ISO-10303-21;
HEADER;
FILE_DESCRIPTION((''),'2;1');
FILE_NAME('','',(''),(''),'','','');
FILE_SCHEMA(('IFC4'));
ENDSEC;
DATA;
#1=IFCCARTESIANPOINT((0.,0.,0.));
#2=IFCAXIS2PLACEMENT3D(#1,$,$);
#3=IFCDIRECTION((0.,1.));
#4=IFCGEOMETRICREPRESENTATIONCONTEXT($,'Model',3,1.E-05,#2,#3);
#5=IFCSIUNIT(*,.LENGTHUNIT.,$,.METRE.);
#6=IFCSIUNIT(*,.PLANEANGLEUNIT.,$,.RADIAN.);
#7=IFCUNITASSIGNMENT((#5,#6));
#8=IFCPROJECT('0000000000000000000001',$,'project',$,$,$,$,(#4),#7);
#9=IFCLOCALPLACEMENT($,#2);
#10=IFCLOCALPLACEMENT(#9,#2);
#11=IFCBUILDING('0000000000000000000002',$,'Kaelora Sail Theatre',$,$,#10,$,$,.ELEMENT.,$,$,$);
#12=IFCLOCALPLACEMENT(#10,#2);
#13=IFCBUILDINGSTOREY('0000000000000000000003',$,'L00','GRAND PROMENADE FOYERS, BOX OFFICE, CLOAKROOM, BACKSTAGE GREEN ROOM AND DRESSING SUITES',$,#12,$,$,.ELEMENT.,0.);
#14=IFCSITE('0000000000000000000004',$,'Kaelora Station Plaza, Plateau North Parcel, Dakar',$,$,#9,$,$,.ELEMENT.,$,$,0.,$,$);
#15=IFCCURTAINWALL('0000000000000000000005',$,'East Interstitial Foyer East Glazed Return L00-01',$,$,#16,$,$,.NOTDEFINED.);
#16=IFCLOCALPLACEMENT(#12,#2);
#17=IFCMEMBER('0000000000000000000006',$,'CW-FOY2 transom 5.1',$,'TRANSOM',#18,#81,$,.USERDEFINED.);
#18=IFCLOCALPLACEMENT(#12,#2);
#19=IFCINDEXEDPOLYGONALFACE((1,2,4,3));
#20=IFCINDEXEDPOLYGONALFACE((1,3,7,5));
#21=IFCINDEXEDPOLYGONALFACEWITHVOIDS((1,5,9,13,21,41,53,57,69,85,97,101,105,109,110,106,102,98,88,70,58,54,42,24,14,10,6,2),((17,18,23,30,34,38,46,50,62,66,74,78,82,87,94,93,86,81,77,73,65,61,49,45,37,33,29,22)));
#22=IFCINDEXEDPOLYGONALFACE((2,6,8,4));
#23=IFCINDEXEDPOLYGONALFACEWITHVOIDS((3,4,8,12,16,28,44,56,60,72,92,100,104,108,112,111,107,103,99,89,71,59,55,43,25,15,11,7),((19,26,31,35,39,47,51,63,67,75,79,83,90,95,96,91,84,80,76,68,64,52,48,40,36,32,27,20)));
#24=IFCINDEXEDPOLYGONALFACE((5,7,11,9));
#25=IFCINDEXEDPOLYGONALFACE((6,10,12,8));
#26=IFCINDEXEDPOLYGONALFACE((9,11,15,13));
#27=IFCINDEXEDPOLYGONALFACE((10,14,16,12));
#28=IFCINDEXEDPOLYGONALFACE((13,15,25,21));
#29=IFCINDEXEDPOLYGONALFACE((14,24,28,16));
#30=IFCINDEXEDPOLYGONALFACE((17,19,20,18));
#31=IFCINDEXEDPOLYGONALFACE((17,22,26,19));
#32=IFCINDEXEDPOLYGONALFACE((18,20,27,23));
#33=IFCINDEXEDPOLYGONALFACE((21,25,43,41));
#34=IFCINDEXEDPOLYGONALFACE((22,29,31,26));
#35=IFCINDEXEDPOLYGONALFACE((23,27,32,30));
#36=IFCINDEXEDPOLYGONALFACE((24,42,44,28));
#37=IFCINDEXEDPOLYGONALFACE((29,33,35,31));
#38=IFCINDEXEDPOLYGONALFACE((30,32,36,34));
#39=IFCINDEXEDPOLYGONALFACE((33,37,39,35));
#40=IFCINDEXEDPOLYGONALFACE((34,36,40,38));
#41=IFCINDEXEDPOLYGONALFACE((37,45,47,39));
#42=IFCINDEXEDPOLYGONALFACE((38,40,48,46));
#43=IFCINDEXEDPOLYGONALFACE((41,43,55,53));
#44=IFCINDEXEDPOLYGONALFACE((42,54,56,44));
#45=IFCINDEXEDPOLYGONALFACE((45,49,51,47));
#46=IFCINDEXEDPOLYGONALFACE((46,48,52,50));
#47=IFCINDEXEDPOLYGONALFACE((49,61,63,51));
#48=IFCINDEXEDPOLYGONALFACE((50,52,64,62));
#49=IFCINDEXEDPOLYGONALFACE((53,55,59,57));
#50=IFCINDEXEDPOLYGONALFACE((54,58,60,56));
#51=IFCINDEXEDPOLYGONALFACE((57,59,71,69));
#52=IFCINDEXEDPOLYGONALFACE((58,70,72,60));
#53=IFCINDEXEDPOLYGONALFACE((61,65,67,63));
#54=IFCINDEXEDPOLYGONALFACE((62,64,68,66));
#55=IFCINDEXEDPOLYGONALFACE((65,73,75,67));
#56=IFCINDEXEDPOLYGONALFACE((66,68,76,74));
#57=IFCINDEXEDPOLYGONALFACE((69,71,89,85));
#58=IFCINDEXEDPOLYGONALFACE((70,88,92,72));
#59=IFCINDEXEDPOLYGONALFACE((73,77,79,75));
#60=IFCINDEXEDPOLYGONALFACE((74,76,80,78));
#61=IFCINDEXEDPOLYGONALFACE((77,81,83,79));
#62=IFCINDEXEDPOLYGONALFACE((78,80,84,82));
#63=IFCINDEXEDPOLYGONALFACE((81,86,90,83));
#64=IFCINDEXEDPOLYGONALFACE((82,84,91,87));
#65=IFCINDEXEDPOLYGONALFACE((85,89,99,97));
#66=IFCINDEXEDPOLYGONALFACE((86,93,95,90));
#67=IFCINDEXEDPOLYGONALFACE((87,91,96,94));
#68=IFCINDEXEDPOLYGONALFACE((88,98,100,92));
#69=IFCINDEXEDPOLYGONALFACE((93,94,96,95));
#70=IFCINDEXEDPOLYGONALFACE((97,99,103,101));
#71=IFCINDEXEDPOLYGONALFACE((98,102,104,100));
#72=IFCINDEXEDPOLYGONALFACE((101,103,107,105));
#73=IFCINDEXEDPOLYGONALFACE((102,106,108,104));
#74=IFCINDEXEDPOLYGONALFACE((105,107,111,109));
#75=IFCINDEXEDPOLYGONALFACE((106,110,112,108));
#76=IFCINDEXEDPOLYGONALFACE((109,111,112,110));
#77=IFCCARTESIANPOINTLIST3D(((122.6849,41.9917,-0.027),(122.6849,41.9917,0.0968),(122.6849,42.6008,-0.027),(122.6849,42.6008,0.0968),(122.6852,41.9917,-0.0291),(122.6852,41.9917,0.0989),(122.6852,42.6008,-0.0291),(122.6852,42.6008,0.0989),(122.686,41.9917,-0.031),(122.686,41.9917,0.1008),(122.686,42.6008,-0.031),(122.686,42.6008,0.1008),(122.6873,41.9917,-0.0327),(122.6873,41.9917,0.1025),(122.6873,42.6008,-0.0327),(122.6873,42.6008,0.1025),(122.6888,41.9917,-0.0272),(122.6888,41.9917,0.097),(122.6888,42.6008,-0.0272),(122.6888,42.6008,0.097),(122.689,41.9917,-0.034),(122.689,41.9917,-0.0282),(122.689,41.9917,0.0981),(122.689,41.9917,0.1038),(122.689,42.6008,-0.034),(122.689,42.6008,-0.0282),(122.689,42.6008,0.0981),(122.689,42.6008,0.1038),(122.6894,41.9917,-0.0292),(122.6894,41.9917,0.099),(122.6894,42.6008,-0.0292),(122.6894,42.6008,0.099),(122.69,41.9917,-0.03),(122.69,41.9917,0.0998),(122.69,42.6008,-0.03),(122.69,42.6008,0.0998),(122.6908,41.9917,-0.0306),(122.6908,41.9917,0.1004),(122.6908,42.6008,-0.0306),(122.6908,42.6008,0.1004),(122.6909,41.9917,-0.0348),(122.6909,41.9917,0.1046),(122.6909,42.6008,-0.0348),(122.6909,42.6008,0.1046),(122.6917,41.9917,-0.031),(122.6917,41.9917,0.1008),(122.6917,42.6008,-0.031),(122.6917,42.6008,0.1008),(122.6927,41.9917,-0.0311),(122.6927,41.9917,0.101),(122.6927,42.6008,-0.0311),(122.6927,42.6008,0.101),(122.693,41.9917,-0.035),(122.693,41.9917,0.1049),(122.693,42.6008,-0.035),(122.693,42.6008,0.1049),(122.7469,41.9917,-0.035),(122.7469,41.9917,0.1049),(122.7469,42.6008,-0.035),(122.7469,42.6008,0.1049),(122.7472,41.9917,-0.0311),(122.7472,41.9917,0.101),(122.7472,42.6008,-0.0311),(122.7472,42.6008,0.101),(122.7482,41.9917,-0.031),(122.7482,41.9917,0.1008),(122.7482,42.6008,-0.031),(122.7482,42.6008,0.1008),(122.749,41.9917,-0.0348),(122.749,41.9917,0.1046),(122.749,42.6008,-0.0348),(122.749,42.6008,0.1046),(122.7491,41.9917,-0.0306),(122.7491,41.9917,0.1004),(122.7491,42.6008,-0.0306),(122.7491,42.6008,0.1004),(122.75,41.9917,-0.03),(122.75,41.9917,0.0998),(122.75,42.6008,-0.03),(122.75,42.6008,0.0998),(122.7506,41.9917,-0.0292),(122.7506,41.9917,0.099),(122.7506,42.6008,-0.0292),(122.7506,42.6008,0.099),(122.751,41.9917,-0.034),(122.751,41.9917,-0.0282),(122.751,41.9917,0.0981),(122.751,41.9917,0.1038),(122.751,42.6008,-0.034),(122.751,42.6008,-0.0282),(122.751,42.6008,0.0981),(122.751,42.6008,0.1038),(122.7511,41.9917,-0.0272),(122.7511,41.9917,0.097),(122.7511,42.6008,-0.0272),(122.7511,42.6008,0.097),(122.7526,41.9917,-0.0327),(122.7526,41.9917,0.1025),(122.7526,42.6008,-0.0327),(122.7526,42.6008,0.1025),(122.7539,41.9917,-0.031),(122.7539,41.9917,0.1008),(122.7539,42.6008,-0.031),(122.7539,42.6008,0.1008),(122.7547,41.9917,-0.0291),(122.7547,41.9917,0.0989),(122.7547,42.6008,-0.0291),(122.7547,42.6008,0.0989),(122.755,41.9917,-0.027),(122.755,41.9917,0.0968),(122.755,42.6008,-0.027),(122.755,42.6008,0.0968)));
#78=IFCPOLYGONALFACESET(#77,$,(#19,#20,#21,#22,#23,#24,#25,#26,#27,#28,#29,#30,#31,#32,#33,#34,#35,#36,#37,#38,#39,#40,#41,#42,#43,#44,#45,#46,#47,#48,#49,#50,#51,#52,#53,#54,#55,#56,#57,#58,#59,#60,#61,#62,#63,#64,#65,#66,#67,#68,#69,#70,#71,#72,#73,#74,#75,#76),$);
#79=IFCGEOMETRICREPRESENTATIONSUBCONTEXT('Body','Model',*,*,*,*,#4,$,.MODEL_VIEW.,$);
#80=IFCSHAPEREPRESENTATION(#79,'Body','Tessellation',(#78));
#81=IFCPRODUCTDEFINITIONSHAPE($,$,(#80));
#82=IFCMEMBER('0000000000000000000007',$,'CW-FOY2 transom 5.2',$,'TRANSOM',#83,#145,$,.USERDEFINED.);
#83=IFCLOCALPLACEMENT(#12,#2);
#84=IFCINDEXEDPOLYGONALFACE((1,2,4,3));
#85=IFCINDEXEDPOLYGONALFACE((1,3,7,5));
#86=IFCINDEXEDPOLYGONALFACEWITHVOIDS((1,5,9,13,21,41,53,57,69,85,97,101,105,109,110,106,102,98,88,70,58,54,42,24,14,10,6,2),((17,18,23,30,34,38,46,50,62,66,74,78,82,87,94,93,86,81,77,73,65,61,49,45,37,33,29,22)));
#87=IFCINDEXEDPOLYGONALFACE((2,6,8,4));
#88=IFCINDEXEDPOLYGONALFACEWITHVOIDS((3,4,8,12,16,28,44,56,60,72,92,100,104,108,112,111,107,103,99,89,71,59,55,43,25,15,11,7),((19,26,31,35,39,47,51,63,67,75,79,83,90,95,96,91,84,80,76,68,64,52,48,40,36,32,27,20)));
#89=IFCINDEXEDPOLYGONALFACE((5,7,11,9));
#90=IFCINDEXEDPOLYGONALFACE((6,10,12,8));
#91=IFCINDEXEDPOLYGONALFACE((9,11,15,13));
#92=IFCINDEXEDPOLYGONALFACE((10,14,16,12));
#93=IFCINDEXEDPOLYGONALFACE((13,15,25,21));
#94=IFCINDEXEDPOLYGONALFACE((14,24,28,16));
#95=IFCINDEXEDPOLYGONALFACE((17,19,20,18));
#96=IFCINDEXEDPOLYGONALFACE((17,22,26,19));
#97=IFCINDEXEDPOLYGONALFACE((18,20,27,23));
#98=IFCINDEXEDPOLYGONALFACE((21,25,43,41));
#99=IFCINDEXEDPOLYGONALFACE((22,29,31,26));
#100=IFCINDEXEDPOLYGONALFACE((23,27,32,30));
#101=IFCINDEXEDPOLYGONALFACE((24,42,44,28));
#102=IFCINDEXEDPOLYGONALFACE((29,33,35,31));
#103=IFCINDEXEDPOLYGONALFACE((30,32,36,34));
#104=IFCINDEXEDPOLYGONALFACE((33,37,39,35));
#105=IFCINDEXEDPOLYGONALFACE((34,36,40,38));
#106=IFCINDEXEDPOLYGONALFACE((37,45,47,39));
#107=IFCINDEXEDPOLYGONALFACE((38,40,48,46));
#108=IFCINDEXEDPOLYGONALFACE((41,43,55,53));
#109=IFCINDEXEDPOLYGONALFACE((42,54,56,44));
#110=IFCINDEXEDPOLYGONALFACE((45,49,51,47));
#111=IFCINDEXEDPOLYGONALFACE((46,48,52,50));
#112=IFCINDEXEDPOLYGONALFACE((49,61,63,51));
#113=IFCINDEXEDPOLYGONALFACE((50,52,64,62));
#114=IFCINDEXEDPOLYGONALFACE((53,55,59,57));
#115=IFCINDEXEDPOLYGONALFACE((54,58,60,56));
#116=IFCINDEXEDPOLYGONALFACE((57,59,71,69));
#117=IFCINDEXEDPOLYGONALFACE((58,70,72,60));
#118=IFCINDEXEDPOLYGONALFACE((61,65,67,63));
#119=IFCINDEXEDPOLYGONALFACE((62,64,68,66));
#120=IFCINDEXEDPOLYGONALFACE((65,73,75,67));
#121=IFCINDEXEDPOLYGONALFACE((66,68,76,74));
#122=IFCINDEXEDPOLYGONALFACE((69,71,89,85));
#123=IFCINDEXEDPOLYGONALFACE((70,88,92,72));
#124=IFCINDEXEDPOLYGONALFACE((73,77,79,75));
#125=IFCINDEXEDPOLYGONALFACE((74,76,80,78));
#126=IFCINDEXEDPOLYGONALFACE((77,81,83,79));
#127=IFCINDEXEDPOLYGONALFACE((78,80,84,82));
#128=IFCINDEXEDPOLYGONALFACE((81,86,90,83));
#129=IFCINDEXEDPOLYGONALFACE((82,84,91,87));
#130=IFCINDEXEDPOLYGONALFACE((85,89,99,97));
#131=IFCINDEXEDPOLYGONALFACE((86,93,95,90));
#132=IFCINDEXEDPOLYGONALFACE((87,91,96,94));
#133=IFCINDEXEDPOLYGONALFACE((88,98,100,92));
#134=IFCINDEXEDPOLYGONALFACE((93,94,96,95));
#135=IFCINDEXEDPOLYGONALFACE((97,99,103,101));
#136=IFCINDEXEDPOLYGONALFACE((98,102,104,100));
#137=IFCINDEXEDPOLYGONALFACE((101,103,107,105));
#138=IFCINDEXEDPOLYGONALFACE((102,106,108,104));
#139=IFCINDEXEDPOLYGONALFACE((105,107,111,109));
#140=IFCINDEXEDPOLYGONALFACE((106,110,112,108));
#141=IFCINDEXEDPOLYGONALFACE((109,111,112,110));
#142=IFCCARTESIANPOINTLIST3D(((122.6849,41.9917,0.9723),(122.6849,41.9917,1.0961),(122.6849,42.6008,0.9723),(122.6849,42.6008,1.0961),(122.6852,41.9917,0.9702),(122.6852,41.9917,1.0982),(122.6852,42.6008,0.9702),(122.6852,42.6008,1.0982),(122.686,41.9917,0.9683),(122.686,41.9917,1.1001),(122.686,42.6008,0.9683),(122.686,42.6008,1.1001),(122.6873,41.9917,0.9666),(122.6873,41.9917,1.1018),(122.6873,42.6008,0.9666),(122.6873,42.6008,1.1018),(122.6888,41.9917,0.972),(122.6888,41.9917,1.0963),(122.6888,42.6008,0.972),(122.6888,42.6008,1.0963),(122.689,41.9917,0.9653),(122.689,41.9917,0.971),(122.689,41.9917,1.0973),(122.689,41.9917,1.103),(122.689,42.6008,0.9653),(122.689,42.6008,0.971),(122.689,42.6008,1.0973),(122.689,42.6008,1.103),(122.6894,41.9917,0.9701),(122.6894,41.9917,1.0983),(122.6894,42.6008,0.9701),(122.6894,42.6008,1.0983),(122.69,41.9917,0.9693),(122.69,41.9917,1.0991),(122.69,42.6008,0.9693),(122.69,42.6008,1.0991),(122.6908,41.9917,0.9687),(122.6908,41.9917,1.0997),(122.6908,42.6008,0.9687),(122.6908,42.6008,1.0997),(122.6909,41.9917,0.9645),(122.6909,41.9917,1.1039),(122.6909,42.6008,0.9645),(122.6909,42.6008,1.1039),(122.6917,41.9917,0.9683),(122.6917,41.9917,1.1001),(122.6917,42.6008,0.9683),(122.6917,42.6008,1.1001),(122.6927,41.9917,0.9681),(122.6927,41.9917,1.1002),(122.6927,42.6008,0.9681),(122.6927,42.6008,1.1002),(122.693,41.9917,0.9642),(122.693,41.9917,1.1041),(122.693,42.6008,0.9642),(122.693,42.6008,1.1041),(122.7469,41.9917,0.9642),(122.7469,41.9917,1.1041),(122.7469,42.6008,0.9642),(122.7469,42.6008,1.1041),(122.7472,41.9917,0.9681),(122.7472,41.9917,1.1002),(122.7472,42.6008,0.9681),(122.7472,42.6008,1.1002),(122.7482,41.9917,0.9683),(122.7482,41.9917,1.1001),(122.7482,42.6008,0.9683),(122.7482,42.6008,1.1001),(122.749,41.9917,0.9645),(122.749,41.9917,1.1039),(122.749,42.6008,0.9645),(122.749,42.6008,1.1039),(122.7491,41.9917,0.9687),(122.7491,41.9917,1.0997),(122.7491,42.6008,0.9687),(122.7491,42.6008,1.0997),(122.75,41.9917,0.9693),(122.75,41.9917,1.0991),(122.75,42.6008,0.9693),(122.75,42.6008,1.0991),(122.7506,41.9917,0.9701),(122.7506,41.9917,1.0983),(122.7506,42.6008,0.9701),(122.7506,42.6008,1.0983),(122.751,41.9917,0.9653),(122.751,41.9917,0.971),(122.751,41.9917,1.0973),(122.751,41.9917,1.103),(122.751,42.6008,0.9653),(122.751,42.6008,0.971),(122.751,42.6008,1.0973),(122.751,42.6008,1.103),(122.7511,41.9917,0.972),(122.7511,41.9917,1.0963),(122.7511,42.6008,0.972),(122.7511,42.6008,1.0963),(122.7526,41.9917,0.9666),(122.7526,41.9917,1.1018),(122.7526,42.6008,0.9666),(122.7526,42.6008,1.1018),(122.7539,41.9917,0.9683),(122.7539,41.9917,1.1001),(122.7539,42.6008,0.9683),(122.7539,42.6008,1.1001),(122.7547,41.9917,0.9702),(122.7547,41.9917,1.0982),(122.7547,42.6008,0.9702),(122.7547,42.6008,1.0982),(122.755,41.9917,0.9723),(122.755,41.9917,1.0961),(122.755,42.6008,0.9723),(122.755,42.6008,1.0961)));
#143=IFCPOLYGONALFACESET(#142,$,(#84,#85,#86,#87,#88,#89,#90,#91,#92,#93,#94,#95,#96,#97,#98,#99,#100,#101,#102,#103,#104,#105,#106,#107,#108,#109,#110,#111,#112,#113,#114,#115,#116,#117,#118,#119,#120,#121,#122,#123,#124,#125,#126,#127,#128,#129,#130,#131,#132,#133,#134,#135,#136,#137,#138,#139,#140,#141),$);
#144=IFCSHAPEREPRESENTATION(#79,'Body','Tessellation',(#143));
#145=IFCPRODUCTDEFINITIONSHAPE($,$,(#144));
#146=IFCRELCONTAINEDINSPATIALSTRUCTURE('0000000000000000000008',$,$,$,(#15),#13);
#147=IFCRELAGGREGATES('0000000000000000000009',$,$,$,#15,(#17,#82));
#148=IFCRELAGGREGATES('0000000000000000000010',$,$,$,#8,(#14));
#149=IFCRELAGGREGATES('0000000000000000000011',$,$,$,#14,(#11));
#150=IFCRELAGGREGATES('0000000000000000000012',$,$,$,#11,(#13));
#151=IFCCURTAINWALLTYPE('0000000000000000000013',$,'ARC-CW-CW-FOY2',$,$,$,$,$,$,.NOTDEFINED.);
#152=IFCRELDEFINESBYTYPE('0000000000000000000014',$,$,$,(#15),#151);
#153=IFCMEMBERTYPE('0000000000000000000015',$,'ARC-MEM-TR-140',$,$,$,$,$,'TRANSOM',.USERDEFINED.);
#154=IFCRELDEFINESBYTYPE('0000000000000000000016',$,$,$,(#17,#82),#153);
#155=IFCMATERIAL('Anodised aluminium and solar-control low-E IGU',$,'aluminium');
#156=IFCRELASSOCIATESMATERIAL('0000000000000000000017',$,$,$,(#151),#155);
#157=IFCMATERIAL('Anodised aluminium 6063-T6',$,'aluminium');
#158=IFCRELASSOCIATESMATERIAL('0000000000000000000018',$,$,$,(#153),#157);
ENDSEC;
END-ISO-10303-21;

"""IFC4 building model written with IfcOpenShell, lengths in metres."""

from ifc_helpers import new_model, si_unit, direction, frame, origin, origin_2d, place, context, subcontext, project, spatial, hollow_rectangle, extrude, material, material_profile, profile_set, type_object, element, aggregate, save


model = new_model("IFC4")

# Units and contexts
model_context = context("Model", 3, precision=1e-05, world=origin(), true_north=direction((0.0, 1.0)))
body_context = subcontext(model_context, "Body", "Model", "MODEL_VIEW")
ifc_project = project(units=[si_unit("LENGTHUNIT", "METRE"), si_unit("PLANEANGLEUNIT", "RADIAN")], contexts=[model_context])

# Site, building, storey
site_placement = place(None, origin())
site = spatial("IfcSite", under=ifc_project, at=site_placement, Name="Kaelora Station Plaza, Plateau North Parcel, Dakar", CompositionType="ELEMENT", RefElevation=0.0)
building_placement = place(site_placement, origin())
building = spatial("IfcBuilding", under=site, at=building_placement, Name="Kaelora Sail Theatre", CompositionType="ELEMENT")
storey_placement = place(building_placement, origin())
storey = spatial("IfcBuildingStorey", under=building, at=storey_placement, Name="L00", Description="GRAND PROMENADE FOYERS, BOX OFFICE, CLOAKROOM, BACKSTAGE GREEN ROOM AND DRESSING SUITES", CompositionType="ELEMENT", Elevation=0.0)

# Curtain wall
ifc_material_1 = material(Name="Anodised aluminium and solar-control low-E IGU", Category="aluminium")
curtain_wall_type = type_object("IfcCurtainWallType", Name="ARC-CW-CW-FOY2", PredefinedType="NOTDEFINED", material=ifc_material_1)
curtain_wall_placement = place(storey_placement, origin())
curtain_wall = element("IfcCurtainWall", 1, at=curtain_wall_placement, inside=storey, type_object=curtain_wall_type, Name="East Interstitial Foyer East Glazed Return L00-01", PredefinedType="NOTDEFINED")

# Members
ifc_material_2 = material(Name="Anodised aluminium 6063-T6", Category="aluminium")
ifc_material_profile_1 = material_profile(ifc_material_2, hollow_rectangle(XDim=0.0701, YDim=0.1399, WallThickness=0.0039, InnerFilletRadius=0.0039, OuterFilletRadius=0.0081, at=origin_2d()), Name="ALU-TRAN 70x140x4")
ifc_profile_set_1 = profile_set([ifc_material_profile_1], Name="Anodised aluminium 6063-T6")
member_type_1 = type_object("IfcMemberType", Name="ARC-MEM-TR-140", ElementType="TRANSOM", PredefinedType="USERDEFINED", material=ifc_profile_set_1)
member_1_placement = place(storey_placement, frame((122.72, 41.9917, 0.0349), z_axis=(0.0, 1.0, 0.0), x_axis=(-1.0, 0.0, 0.0)))
member_1 = element("IfcMember", 2, at=member_1_placement, type_object=member_type_1, Name="CW-FOY2 transom 5.1", ObjectType="TRANSOM", PredefinedType="USERDEFINED", context=body_context, shape_type="SweptSolid", body=[
    extrude(hollow_rectangle(XDim=0.0701, YDim=0.1399, WallThickness=0.0039, InnerFilletRadius=0.0039, OuterFilletRadius=0.0081, at=origin_2d()), origin(), (0.0, 0.0, 1.0), 0.6091),
])
member_2_placement = place(storey_placement, frame((122.72, 41.9917, 1.0342), z_axis=(0.0, 1.0, 0.0), x_axis=(-1.0, 0.0, 0.0)))
member_2 = element("IfcMember", 3, at=member_2_placement, type_object=member_type_1, Name="CW-FOY2 transom 5.2", ObjectType="TRANSOM", PredefinedType="USERDEFINED", context=body_context, shape_type="SweptSolid", body=[
    extrude(hollow_rectangle(XDim=0.0701, YDim=0.1399, WallThickness=0.0039, InnerFilletRadius=0.0039, OuterFilletRadius=0.0081, at=origin_2d()), origin(), (0.0, 0.0, 1.0), 0.6091),
])

aggregate(curtain_wall, [member_1, member_2])

save(model, "model.ifc")
